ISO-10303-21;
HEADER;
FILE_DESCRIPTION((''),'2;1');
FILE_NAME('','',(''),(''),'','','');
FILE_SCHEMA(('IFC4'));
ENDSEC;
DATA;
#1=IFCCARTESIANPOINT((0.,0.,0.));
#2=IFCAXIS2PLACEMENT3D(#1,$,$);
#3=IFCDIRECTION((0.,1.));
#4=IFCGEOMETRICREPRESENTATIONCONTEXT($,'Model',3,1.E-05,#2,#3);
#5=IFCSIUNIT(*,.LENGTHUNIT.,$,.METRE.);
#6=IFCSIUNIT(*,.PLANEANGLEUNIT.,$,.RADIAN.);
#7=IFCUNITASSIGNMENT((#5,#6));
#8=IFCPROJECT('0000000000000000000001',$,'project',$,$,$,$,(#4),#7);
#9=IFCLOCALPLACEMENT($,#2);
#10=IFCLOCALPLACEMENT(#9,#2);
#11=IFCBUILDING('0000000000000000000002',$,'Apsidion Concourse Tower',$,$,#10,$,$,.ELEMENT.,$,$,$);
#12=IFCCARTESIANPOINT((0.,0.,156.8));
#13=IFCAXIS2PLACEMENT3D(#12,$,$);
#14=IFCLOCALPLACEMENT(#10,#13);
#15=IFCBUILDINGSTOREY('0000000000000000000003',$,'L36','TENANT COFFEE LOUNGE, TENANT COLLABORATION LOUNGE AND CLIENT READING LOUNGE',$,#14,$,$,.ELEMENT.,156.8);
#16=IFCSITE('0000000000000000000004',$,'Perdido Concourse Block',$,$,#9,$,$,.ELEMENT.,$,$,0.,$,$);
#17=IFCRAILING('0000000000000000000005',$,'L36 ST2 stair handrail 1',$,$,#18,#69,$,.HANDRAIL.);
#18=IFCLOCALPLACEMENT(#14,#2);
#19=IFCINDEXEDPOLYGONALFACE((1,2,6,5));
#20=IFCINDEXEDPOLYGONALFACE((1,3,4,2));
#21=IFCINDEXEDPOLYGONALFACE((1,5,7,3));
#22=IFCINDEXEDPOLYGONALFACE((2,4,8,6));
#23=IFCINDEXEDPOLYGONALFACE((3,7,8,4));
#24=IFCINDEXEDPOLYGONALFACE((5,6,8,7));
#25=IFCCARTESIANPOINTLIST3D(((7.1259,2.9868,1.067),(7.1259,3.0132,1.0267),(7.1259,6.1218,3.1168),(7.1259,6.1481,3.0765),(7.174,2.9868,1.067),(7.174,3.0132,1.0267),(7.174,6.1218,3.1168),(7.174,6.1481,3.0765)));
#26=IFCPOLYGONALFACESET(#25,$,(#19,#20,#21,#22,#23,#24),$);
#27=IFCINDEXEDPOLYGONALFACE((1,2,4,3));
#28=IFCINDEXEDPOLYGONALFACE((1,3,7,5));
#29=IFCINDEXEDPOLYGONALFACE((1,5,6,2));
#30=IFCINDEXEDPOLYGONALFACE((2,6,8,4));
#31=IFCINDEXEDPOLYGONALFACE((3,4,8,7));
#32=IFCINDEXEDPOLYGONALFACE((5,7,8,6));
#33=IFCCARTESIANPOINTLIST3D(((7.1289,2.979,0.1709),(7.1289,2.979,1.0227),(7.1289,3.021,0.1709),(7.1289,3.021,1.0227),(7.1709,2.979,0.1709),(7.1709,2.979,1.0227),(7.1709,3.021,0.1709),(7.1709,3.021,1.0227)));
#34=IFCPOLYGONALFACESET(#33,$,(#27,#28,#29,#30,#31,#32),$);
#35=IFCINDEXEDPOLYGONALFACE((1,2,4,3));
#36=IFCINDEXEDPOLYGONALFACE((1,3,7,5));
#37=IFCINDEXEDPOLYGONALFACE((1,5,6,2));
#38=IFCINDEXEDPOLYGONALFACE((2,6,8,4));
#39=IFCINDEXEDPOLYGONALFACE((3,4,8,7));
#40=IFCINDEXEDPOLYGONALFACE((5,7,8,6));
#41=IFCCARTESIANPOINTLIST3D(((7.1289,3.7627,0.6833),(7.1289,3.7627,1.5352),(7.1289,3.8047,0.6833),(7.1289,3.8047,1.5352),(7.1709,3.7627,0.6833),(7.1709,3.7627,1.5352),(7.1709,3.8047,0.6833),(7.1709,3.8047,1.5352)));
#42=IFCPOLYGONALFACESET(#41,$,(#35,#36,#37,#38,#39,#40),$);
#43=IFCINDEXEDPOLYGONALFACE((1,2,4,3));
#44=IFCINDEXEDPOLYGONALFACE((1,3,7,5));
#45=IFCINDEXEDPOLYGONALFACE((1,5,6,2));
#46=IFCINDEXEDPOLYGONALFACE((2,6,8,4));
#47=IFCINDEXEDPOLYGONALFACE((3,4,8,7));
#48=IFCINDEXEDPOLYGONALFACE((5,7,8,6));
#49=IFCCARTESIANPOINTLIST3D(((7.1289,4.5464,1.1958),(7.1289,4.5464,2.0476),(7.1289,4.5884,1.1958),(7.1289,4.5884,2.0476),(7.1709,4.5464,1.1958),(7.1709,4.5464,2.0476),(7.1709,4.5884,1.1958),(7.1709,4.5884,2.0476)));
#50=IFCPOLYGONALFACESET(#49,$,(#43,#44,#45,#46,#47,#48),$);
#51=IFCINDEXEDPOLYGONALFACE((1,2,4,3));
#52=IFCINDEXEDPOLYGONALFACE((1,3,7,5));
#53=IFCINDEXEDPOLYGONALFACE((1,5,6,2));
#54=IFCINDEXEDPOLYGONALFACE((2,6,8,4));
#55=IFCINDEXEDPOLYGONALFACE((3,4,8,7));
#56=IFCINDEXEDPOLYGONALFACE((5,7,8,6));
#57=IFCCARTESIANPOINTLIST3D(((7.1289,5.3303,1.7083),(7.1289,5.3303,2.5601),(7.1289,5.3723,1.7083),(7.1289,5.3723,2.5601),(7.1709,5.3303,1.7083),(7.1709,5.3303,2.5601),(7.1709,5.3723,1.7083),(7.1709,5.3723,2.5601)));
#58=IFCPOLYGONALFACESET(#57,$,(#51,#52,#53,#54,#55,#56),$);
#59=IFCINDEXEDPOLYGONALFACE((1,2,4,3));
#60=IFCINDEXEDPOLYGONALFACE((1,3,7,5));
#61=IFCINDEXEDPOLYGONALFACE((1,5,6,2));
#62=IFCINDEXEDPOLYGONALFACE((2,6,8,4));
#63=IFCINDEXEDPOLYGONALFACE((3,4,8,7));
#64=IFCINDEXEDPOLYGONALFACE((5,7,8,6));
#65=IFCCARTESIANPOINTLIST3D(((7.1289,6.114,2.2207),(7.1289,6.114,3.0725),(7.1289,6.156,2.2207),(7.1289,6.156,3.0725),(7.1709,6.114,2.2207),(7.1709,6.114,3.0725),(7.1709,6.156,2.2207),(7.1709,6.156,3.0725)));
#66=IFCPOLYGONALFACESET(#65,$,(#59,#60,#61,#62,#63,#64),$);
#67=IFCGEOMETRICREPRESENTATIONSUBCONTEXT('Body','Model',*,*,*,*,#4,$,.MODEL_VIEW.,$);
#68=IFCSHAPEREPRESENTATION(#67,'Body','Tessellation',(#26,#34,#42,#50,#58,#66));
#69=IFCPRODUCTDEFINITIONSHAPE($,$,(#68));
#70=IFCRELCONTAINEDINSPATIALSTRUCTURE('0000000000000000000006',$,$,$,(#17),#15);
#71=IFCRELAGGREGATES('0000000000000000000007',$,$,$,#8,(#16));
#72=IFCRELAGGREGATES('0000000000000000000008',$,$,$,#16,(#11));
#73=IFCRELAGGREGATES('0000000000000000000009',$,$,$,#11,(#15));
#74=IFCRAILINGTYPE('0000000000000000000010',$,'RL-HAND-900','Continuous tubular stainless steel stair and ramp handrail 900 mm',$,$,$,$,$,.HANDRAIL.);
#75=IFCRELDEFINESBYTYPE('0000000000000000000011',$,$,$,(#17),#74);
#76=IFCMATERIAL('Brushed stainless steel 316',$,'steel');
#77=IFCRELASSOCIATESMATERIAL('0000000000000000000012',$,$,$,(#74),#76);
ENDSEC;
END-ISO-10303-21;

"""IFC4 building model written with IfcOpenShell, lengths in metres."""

from ifc_helpers import new_model, si_unit, direction, frame, origin, origin_2d, place, context, subcontext, project, spatial, rectangle, extrude, material, type_object, element, save


model = new_model("IFC4")

# Units and contexts
model_context = context("Model", 3, precision=1e-05, world=origin(), true_north=direction((0.0, 1.0)))
body_context = subcontext(model_context, "Body", "Model", "MODEL_VIEW")
ifc_project = project(units=[si_unit("LENGTHUNIT", "METRE"), si_unit("PLANEANGLEUNIT", "RADIAN")], contexts=[model_context])

# Site, building, storey
site_placement = place(None, origin())
site = spatial("IfcSite", under=ifc_project, at=site_placement, Name="Perdido Concourse Block", CompositionType="ELEMENT", RefElevation=0.0)
building_placement = place(site_placement, origin())
building = spatial("IfcBuilding", under=site, at=building_placement, Name="Apsidion Concourse Tower", CompositionType="ELEMENT")
storey_placement = place(building_placement, frame((0.0, 0.0, 156.8)))
storey = spatial("IfcBuildingStorey", under=building, at=storey_placement, Name="L36", Description="TENANT COFFEE LOUNGE, TENANT COLLABORATION LOUNGE AND CLIENT READING LOUNGE", CompositionType="ELEMENT", Elevation=156.8)

# Shared definitions
ifc_material_1 = material(Name="Brushed stainless steel 316", Category="steel")

# Railing
railing_type_1 = type_object("IfcRailingType", Name="RL-HAND-900", Description="Continuous tubular stainless steel stair and ramp handrail 900 mm", PredefinedType="HANDRAIL", material=ifc_material_1)
railing_1_placement = place(storey_placement, frame((7.1499, 3.0, 0.1709)))
element("IfcRailing", 1, at=railing_1_placement, inside=storey, type_object=railing_type_1, Name="L36 ST2 stair handrail 1", PredefinedType="HANDRAIL", context=body_context, shape_type="SweptSolid", body=[
    extrude(rectangle(XDim=0.0481, YDim=0.0481, at=origin_2d()), frame((0.0, 0.0, 0.876), z_axis=(0.0, 0.836971, 0.547248), x_axis=(-1.0, 0.0, 0.0)), (0.0, 0.0, 1.0), 3.7456),
    extrude(rectangle(XDim=0.042, YDim=0.042, at=origin_2d()), origin(), (0.0, 0.0, 1.0), 0.8518),
    extrude(rectangle(XDim=0.042, YDim=0.042, at=origin_2d()), frame((0.0, 0.7837, 0.5125)), (0.0, 0.0, 1.0), 0.8518),
    extrude(rectangle(XDim=0.042, YDim=0.042, at=origin_2d()), frame((0.0, 1.5674, 1.0249)), (0.0, 0.0, 1.0), 0.8518),
    extrude(rectangle(XDim=0.042, YDim=0.042, at=origin_2d()), frame((0.0, 2.3513, 1.5374)), (0.0, 0.0, 1.0), 0.8518),
    extrude(rectangle(XDim=0.042, YDim=0.042, at=origin_2d()), frame((0.0, 3.135, 2.0498)), (0.0, 0.0, 1.0), 0.8518),
])

save(model, "model.ifc")
